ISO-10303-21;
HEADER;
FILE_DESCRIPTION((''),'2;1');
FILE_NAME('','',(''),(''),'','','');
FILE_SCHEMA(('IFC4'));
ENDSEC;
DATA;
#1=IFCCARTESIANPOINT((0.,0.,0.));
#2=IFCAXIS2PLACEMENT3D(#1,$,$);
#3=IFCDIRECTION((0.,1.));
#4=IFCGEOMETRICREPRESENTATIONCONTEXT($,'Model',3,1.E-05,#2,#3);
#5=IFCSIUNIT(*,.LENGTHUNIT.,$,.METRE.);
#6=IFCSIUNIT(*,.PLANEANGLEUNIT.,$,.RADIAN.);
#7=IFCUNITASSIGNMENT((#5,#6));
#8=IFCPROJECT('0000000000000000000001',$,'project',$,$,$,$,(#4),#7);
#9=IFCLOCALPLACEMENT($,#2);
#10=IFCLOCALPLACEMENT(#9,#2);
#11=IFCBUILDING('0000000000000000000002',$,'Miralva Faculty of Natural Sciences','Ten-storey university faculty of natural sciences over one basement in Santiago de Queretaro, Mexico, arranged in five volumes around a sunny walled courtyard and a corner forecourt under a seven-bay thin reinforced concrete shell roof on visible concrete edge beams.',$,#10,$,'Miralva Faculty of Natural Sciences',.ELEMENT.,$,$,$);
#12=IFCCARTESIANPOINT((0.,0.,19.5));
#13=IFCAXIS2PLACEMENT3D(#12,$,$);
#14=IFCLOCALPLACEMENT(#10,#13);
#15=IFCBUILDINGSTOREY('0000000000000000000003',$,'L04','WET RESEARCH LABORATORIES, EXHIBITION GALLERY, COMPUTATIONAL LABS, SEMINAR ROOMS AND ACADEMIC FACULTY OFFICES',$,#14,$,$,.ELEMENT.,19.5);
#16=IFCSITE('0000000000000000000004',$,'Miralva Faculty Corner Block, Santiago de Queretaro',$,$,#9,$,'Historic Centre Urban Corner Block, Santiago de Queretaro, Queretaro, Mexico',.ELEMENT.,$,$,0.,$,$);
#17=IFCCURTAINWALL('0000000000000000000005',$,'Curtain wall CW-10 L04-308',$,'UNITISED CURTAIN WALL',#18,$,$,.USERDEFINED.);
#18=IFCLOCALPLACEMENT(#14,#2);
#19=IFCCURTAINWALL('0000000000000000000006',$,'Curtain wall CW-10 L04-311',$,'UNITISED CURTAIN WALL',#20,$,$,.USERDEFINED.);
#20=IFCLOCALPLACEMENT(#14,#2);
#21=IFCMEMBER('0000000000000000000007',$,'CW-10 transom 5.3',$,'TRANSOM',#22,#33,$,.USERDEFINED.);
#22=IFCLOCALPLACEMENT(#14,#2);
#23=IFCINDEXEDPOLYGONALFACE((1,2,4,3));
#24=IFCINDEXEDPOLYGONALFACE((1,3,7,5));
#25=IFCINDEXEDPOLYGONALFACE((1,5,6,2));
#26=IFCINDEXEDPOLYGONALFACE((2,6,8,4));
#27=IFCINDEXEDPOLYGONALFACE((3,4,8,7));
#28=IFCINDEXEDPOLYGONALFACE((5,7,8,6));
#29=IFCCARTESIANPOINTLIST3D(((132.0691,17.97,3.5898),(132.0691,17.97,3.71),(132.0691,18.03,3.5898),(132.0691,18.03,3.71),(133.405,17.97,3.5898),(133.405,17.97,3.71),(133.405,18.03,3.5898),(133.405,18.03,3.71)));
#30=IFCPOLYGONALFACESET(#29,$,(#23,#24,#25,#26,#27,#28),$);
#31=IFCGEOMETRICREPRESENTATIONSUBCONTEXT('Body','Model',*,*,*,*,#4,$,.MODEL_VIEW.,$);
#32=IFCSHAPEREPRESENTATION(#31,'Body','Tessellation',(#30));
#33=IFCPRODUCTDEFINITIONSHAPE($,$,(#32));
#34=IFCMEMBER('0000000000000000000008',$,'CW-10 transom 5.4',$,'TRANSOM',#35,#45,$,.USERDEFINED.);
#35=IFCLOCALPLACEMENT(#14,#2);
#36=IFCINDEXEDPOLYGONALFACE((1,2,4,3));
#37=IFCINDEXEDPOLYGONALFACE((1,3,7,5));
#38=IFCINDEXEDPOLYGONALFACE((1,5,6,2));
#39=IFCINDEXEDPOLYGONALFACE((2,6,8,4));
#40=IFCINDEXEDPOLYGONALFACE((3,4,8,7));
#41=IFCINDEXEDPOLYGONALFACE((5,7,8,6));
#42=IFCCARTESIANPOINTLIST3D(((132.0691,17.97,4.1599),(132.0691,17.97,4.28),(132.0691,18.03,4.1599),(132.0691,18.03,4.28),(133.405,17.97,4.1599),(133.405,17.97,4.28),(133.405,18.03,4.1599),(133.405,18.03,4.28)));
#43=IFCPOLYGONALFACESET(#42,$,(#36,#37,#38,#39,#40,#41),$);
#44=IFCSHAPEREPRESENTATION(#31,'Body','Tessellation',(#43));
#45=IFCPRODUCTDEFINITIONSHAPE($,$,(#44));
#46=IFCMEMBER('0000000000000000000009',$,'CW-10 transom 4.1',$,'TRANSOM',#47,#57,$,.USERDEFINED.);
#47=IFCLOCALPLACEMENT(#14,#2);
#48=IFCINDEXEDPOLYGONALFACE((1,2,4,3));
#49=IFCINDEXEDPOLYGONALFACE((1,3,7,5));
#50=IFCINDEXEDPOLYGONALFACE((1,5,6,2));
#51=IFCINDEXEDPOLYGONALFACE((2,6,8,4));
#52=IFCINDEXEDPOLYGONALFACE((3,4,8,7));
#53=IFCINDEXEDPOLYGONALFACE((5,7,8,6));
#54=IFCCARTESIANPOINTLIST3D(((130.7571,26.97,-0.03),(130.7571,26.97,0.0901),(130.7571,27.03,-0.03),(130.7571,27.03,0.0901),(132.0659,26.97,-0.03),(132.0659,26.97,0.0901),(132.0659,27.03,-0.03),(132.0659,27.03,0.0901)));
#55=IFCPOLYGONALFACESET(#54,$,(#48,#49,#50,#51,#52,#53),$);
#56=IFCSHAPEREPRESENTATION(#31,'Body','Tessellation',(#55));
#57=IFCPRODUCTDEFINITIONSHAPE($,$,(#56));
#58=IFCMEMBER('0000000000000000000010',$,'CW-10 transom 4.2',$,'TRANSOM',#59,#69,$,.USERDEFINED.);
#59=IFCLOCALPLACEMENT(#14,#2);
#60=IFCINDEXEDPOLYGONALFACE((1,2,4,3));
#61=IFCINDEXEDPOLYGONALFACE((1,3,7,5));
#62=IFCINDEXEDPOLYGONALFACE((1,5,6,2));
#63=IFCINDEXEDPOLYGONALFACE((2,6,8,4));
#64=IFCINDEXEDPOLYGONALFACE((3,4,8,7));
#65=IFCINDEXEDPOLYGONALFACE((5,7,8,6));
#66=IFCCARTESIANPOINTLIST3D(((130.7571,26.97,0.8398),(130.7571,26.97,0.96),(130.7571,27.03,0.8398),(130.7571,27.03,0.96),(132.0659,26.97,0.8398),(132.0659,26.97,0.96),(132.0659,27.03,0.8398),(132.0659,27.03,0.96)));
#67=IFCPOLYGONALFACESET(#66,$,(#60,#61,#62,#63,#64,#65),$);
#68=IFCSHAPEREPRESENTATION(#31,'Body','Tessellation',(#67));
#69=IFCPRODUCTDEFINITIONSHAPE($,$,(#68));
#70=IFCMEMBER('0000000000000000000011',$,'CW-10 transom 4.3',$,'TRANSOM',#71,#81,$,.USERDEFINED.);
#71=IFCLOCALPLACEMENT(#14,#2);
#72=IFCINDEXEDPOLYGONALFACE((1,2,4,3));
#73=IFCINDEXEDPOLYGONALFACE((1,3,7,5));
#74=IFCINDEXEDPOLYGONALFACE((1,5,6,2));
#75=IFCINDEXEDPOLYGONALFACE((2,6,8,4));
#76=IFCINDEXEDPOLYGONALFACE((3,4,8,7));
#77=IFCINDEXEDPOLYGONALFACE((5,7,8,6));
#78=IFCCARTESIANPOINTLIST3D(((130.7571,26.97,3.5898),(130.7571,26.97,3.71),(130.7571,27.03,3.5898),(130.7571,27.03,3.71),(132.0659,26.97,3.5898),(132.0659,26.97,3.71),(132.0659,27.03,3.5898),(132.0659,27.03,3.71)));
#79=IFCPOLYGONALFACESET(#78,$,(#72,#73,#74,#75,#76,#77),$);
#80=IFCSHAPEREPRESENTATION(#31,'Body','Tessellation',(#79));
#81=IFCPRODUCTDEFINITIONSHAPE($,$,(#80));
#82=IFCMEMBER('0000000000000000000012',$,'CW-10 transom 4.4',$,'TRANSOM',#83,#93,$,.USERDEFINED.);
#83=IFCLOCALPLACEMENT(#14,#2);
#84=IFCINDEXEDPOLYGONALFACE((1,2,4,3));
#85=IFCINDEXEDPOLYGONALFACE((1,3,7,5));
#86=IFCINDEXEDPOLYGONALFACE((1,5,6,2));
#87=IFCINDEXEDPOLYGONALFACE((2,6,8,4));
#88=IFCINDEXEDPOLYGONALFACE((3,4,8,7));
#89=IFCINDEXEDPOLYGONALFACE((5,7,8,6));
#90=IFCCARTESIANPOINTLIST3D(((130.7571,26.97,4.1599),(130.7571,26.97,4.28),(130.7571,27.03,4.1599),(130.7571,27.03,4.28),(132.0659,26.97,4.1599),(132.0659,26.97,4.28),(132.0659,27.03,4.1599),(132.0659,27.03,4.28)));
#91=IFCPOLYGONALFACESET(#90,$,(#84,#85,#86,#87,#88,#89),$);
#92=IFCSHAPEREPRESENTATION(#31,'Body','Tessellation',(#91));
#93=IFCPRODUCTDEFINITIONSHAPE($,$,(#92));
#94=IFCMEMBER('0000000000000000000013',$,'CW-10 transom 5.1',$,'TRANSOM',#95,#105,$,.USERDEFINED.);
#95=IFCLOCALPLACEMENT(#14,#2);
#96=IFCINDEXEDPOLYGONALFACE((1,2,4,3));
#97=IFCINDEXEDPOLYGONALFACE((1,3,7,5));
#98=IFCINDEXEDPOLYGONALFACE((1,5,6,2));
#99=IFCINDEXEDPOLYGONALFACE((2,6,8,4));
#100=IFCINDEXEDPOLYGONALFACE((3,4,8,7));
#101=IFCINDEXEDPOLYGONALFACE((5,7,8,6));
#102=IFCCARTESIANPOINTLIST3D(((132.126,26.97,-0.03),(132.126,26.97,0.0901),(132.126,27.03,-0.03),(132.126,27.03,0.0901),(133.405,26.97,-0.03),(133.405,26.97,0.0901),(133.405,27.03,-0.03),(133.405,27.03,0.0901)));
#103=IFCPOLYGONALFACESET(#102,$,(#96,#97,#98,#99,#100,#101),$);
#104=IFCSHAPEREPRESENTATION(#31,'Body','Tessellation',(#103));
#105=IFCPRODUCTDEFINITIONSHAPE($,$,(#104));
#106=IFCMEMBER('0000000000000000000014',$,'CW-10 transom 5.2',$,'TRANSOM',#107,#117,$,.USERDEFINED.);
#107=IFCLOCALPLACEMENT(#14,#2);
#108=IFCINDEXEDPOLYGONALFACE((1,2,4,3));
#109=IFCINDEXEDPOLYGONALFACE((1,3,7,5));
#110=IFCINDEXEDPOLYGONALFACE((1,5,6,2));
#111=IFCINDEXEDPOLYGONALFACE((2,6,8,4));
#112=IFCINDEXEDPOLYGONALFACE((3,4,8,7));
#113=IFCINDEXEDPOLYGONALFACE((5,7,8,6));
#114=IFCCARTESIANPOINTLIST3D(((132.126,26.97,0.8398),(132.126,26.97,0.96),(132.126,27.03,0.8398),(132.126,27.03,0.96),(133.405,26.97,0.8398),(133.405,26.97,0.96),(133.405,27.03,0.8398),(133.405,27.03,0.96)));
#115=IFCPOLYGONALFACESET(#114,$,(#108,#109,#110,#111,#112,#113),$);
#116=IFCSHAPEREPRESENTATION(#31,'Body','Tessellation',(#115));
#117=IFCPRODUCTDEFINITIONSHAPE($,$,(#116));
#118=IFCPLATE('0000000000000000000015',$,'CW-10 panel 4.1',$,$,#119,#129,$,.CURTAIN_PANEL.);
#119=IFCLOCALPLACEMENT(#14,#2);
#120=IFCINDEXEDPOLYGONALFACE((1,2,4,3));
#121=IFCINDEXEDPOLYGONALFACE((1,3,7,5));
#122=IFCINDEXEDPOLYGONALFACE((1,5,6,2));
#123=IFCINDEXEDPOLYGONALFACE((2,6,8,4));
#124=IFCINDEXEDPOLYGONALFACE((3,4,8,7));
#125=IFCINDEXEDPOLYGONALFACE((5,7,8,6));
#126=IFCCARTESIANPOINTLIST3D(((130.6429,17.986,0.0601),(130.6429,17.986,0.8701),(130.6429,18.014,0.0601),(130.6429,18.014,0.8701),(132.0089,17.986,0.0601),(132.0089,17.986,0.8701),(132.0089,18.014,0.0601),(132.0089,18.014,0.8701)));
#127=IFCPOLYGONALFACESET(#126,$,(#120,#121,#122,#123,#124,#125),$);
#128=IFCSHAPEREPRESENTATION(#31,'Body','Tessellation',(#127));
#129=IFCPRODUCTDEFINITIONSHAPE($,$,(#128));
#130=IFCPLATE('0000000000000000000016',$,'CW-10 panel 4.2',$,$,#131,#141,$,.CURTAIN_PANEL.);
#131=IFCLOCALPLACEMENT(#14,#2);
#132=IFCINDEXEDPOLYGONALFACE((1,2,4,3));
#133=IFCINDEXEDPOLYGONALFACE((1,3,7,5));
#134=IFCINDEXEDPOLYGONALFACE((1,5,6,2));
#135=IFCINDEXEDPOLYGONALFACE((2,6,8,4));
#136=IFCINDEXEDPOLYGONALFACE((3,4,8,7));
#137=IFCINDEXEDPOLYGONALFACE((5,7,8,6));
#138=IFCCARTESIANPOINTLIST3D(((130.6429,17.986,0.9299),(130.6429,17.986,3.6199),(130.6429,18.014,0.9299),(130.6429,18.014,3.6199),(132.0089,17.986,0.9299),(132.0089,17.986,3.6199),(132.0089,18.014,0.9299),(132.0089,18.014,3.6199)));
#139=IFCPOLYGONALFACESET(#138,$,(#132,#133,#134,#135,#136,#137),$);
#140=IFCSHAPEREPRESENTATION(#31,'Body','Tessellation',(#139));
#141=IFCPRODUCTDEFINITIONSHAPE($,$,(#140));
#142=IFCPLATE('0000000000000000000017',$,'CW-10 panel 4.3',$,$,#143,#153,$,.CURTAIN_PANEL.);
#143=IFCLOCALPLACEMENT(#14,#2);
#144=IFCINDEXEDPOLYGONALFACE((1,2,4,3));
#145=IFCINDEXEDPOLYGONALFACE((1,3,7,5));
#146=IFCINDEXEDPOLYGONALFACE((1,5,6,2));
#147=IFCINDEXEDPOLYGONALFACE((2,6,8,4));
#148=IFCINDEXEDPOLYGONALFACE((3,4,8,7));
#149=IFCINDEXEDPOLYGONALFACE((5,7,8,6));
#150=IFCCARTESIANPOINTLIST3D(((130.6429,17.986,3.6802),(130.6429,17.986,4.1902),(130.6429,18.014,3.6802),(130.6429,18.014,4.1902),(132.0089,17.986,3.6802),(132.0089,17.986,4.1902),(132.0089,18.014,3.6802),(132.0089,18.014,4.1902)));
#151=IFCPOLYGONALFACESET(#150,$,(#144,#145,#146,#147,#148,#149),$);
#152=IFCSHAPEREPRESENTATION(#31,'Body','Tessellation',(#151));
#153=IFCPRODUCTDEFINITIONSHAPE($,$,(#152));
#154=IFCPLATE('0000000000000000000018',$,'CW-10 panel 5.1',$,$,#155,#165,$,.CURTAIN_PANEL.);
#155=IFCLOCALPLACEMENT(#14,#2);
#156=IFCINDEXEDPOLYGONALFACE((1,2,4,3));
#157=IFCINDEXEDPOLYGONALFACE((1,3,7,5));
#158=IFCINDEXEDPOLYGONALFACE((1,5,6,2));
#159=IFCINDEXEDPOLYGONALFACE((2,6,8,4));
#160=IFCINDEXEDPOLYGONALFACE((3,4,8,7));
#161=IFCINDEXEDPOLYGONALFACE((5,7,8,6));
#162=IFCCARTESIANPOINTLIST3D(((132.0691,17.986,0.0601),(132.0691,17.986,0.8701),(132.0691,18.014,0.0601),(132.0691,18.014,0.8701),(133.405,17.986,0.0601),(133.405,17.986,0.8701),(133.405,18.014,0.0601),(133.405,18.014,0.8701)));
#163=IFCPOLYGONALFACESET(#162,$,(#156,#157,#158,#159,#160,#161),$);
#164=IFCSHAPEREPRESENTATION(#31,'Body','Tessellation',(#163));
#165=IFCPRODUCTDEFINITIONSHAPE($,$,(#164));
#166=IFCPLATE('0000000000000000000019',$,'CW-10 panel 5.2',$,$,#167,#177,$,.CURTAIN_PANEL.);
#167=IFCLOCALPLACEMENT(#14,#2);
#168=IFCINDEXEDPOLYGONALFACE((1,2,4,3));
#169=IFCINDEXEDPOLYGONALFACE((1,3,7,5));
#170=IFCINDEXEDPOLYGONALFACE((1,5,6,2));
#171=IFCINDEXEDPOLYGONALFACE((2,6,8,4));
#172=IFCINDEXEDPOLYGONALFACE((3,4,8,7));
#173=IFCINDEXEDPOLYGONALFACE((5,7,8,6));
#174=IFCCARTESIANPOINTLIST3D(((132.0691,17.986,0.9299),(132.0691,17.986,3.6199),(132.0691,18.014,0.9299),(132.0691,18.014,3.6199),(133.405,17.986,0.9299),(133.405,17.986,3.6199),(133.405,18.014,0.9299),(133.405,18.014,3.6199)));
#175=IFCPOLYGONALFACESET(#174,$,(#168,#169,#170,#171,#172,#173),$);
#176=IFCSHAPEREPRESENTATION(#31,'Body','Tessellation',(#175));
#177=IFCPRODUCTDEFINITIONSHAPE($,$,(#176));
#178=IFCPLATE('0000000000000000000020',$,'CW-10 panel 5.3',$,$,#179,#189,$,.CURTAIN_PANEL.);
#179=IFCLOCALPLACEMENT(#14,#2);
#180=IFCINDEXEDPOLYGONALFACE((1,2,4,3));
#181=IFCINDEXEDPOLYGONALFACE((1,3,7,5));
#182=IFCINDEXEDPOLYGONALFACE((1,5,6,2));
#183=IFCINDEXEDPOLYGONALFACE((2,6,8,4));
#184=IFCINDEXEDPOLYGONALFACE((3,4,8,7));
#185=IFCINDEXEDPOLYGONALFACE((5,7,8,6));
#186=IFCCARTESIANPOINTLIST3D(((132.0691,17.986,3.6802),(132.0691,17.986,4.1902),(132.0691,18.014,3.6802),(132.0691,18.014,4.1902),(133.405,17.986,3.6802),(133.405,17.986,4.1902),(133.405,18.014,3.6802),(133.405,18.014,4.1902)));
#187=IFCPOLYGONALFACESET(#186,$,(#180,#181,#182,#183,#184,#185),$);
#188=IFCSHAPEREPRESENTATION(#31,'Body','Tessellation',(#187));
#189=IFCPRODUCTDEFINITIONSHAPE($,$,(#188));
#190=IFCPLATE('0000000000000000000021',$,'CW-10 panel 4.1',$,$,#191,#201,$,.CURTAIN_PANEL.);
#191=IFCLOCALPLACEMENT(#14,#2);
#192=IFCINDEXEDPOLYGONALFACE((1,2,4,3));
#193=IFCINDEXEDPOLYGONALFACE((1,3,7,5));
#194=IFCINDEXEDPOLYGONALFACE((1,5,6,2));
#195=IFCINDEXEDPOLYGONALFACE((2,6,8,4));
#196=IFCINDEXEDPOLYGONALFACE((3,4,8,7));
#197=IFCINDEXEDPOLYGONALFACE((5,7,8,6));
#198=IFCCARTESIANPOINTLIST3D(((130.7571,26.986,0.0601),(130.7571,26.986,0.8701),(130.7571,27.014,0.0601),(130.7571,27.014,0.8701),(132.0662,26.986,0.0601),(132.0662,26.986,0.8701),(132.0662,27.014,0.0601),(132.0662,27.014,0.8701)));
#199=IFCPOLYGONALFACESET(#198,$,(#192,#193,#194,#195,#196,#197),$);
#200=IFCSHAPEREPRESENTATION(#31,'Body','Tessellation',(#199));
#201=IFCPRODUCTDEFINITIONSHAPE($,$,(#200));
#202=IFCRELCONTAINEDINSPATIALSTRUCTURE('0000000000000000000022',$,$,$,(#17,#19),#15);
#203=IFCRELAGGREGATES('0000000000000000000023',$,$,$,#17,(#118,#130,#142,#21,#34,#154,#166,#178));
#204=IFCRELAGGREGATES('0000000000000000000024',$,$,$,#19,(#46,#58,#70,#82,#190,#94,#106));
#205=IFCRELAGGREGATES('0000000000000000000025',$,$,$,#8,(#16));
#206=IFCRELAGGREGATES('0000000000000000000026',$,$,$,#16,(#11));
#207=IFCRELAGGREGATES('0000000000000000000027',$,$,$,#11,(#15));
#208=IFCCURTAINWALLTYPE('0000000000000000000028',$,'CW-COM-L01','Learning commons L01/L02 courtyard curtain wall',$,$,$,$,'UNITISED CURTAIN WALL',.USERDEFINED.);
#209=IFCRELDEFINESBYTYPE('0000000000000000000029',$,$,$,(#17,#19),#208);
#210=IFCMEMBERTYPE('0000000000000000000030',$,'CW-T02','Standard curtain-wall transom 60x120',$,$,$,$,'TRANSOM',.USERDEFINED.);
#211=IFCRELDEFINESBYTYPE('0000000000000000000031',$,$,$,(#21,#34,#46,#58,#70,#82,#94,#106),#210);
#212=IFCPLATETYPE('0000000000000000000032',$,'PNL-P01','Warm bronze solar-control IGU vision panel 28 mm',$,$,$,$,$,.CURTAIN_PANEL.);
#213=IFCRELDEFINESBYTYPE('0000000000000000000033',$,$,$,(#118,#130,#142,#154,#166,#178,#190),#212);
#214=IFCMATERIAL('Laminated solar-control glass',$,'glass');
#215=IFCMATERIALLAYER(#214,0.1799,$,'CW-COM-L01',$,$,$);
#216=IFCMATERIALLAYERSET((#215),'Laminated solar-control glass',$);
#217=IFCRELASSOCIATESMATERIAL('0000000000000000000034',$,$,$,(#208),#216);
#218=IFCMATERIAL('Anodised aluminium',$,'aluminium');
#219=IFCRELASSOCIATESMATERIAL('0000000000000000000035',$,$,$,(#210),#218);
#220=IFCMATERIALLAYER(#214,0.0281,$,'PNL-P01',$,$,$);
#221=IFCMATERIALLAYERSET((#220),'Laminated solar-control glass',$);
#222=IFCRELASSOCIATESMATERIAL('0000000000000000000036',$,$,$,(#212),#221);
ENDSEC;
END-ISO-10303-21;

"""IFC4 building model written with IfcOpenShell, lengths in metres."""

from ifc_helpers import new_model, si_unit, direction, frame, origin, origin_2d, place, context, subcontext, project, spatial, rectangle, extrude, material, layer, layer_set, material_profile, profile_set, type_object, element, aggregate, save


model = new_model("IFC4")

# Units and contexts
model_context = context("Model", 3, precision=1e-05, world=origin(), true_north=direction((0.0, 1.0)))
body_context = subcontext(model_context, "Body", "Model", "MODEL_VIEW")
ifc_project = project(units=[si_unit("LENGTHUNIT", "METRE"), si_unit("PLANEANGLEUNIT", "RADIAN")], contexts=[model_context])

# Site, building, storey
site_placement = place(None, origin())
site = spatial("IfcSite", under=ifc_project, at=site_placement, Name="Miralva Faculty Corner Block, Santiago de Queretaro", LongName="Historic Centre Urban Corner Block, Santiago de Queretaro, Queretaro, Mexico", CompositionType="ELEMENT", RefElevation=0.0)
building_placement = place(site_placement, origin())
building = spatial("IfcBuilding", under=site, at=building_placement, Name="Miralva Faculty of Natural Sciences", Description="Ten-storey university faculty of natural sciences over one basement in Santiago de Queretaro, Mexico, arranged in five volumes around a sunny walled courtyard and a corner forecourt under a seven-bay thin reinforced concrete shell roof on visible concrete edge beams.", LongName="Miralva Faculty of Natural Sciences", CompositionType="ELEMENT")
storey_placement = place(building_placement, frame((0.0, 0.0, 19.5)))
storey = spatial("IfcBuildingStorey", under=building, at=storey_placement, Name="L04", Description="WET RESEARCH LABORATORIES, EXHIBITION GALLERY, COMPUTATIONAL LABS, SEMINAR ROOMS AND ACADEMIC FACULTY OFFICES", CompositionType="ELEMENT", Elevation=19.5)

# Curtain wall
ifc_material_1 = material(Name="Laminated solar-control glass", Category="glass")
ifc_layer_1 = layer(ifc_material_1, 0.1799, Name="CW-COM-L01")
ifc_layer_set_1 = layer_set([ifc_layer_1], Name="Laminated solar-control glass")
curtain_wall_type = type_object("IfcCurtainWallType", Name="CW-COM-L01", Description="Learning commons L01/L02 courtyard curtain wall", ElementType="UNITISED CURTAIN WALL", PredefinedType="USERDEFINED", material=ifc_layer_set_1)
curtain_wall_1_placement = place(storey_placement, origin())
curtain_wall_1 = element("IfcCurtainWall", 1, at=curtain_wall_1_placement, inside=storey, type_object=curtain_wall_type, Name="Curtain wall CW-10 L04-308", ObjectType="UNITISED CURTAIN WALL", PredefinedType="USERDEFINED")
ifc_material_2 = material(Name="Anodised aluminium", Category="aluminium")

# Curtain wall
curtain_wall_2_placement = place(storey_placement, origin())
curtain_wall_2 = element("IfcCurtainWall", 2, at=curtain_wall_2_placement, inside=storey, type_object=curtain_wall_type, Name="Curtain wall CW-10 L04-311", ObjectType="UNITISED CURTAIN WALL", PredefinedType="USERDEFINED")

# Members
ifc_material_profile_1 = material_profile(ifc_material_2, rectangle(XDim=0.0601, YDim=0.1201, at=origin_2d()), Name="TRANSOM 60x120")
ifc_profile_set_1 = profile_set([ifc_material_profile_1], Name="Anodised aluminium")
member_type_1 = type_object("IfcMemberType", Name="CW-T02", Description="Standard curtain-wall transom 60x120", ElementType="TRANSOM", PredefinedType="USERDEFINED", material=ifc_profile_set_1)
member_1_placement = place(storey_placement, frame((132.0691, 18.0, 3.6499), z_axis=(1.0, 0.0, 0.0), x_axis=(0.0, 1.0, 0.0)))
member_1 = element("IfcMember", 3, at=member_1_placement, type_object=member_type_1, Name="CW-10 transom 5.3", ObjectType="TRANSOM", PredefinedType="USERDEFINED", context=body_context, shape_type="SweptSolid", body=[
    extrude(rectangle(XDim=0.0601, YDim=0.1201, at=origin_2d()), origin(), (0.0, 0.0, 1.0), 1.3359),
])
member_2_placement = place(storey_placement, frame((132.0691, 18.0, 4.22), z_axis=(1.0, 0.0, 0.0), x_axis=(0.0, 1.0, 0.0)))
member_2 = element("IfcMember", 4, at=member_2_placement, type_object=member_type_1, Name="CW-10 transom 5.4", ObjectType="TRANSOM", PredefinedType="USERDEFINED", context=body_context, shape_type="SweptSolid", body=[
    extrude(rectangle(XDim=0.0601, YDim=0.1201, at=origin_2d()), origin(), (0.0, 0.0, 1.0), 1.3359),
])
member_3_placement = place(storey_placement, frame((130.7571, 27.0, 0.03), z_axis=(1.0, 0.0, 0.0), x_axis=(0.0, 1.0, 0.0)))
member_3 = element("IfcMember", 5, at=member_3_placement, type_object=member_type_1, Name="CW-10 transom 4.1", ObjectType="TRANSOM", PredefinedType="USERDEFINED", context=body_context, shape_type="SweptSolid", body=[
    extrude(rectangle(XDim=0.0601, YDim=0.1201, at=origin_2d()), origin(), (0.0, 0.0, 1.0), 1.3088),
])
member_4_placement = place(storey_placement, frame((130.7571, 27.0, 0.8999), z_axis=(1.0, 0.0, 0.0), x_axis=(0.0, 1.0, 0.0)))
member_4 = element("IfcMember", 6, at=member_4_placement, type_object=member_type_1, Name="CW-10 transom 4.2", ObjectType="TRANSOM", PredefinedType="USERDEFINED", context=body_context, shape_type="SweptSolid", body=[
    extrude(rectangle(XDim=0.0601, YDim=0.1201, at=origin_2d()), origin(), (0.0, 0.0, 1.0), 1.3088),
])
member_5_placement = place(storey_placement, frame((130.7571, 27.0, 3.6499), z_axis=(1.0, 0.0, 0.0), x_axis=(0.0, 1.0, 0.0)))
member_5 = element("IfcMember", 7, at=member_5_placement, type_object=member_type_1, Name="CW-10 transom 4.3", ObjectType="TRANSOM", PredefinedType="USERDEFINED", context=body_context, shape_type="SweptSolid", body=[
    extrude(rectangle(XDim=0.0601, YDim=0.1201, at=origin_2d()), origin(), (0.0, 0.0, 1.0), 1.3088),
])
member_6_placement = place(storey_placement, frame((130.7571, 27.0, 4.22), z_axis=(1.0, 0.0, 0.0), x_axis=(0.0, 1.0, 0.0)))
member_6 = element("IfcMember", 8, at=member_6_placement, type_object=member_type_1, Name="CW-10 transom 4.4", ObjectType="TRANSOM", PredefinedType="USERDEFINED", context=body_context, shape_type="SweptSolid", body=[
    extrude(rectangle(XDim=0.0601, YDim=0.1201, at=origin_2d()), origin(), (0.0, 0.0, 1.0), 1.3088),
])
member_7_placement = place(storey_placement, frame((132.126, 27.0, 0.03), z_axis=(1.0, 0.0, 0.0), x_axis=(0.0, 1.0, 0.0)))
member_7 = element("IfcMember", 9, at=member_7_placement, type_object=member_type_1, Name="CW-10 transom 5.1", ObjectType="TRANSOM", PredefinedType="USERDEFINED", context=body_context, shape_type="SweptSolid", body=[
    extrude(rectangle(XDim=0.0601, YDim=0.1201, at=origin_2d()), origin(), (0.0, 0.0, 1.0), 1.2791),
])
member_8_placement = place(storey_placement, frame((132.126, 27.0, 0.8999), z_axis=(1.0, 0.0, 0.0), x_axis=(0.0, 1.0, 0.0)))
member_8 = element("IfcMember", 10, at=member_8_placement, type_object=member_type_1, Name="CW-10 transom 5.2", ObjectType="TRANSOM", PredefinedType="USERDEFINED", context=body_context, shape_type="SweptSolid", body=[
    extrude(rectangle(XDim=0.0601, YDim=0.1201, at=origin_2d()), origin(), (0.0, 0.0, 1.0), 1.2791),
])

# Plates
ifc_layer_2 = layer(ifc_material_1, 0.0281, Name="PNL-P01")
ifc_layer_set_2 = layer_set([ifc_layer_2], Name="Laminated solar-control glass")
plate_type = type_object("IfcPlateType", Name="PNL-P01", Description="Warm bronze solar-control IGU vision panel 28 mm", PredefinedType="CURTAIN_PANEL", material=ifc_layer_set_2)
plate_1_placement = place(storey_placement, frame((131.3259, 18.0, 0.0601), z_axis=(0.0, 0.0, 1.0), x_axis=(1.0, 0.0, 0.0)))
plate_1 = element("IfcPlate", 11, at=plate_1_placement, type_object=plate_type, Name="CW-10 panel 4.1", PredefinedType="CURTAIN_PANEL", context=body_context, shape_type="SweptSolid", body=[
    extrude(rectangle(XDim=1.366, YDim=0.0281, at=origin_2d()), origin(), (0.0, 0.0, 1.0), 0.8101),
])
plate_2_placement = place(storey_placement, frame((131.3259, 18.0, 0.9299), z_axis=(0.0, 0.0, 1.0), x_axis=(1.0, 0.0, 0.0)))
plate_2 = element("IfcPlate", 12, at=plate_2_placement, type_object=plate_type, Name="CW-10 panel 4.2", PredefinedType="CURTAIN_PANEL", context=body_context, shape_type="SweptSolid", body=[
    extrude(rectangle(XDim=1.366, YDim=0.0281, at=origin_2d()), origin(), (0.0, 0.0, 1.0), 2.6899),
])
plate_3_placement = place(storey_placement, frame((131.3259, 18.0, 3.6802), z_axis=(0.0, 0.0, 1.0), x_axis=(1.0, 0.0, 0.0)))
plate_3 = element("IfcPlate", 13, at=plate_3_placement, type_object=plate_type, Name="CW-10 panel 4.3", PredefinedType="CURTAIN_PANEL", context=body_context, shape_type="SweptSolid", body=[
    extrude(rectangle(XDim=1.366, YDim=0.0281, at=origin_2d()), origin(), (0.0, 0.0, 1.0), 0.51),
])
plate_4_placement = place(storey_placement, frame((132.7371, 18.0, 0.0601), z_axis=(0.0, 0.0, 1.0), x_axis=(1.0, 0.0, 0.0)))
plate_4 = element("IfcPlate", 14, at=plate_4_placement, type_object=plate_type, Name="CW-10 panel 5.1", PredefinedType="CURTAIN_PANEL", context=body_context, shape_type="SweptSolid", body=[
    extrude(rectangle(XDim=1.3359, YDim=0.0281, at=origin_2d()), origin(), (0.0, 0.0, 1.0), 0.8101),
])
plate_5_placement = place(storey_placement, frame((132.7371, 18.0, 0.9299), z_axis=(0.0, 0.0, 1.0), x_axis=(1.0, 0.0, 0.0)))
plate_5 = element("IfcPlate", 15, at=plate_5_placement, type_object=plate_type, Name="CW-10 panel 5.2", PredefinedType="CURTAIN_PANEL", context=body_context, shape_type="SweptSolid", body=[
    extrude(rectangle(XDim=1.3359, YDim=0.0281, at=origin_2d()), origin(), (0.0, 0.0, 1.0), 2.6899),
])
plate_6_placement = place(storey_placement, frame((132.7371, 18.0, 3.6802), z_axis=(0.0, 0.0, 1.0), x_axis=(1.0, 0.0, 0.0)))
plate_6 = element("IfcPlate", 16, at=plate_6_placement, type_object=plate_type, Name="CW-10 panel 5.3", PredefinedType="CURTAIN_PANEL", context=body_context, shape_type="SweptSolid", body=[
    extrude(rectangle(XDim=1.3359, YDim=0.0281, at=origin_2d()), origin(), (0.0, 0.0, 1.0), 0.51),
])
aggregate(curtain_wall_1, [plate_1, plate_2, plate_3, member_1, member_2, plate_4, plate_5, plate_6])
plate_7_placement = place(storey_placement, frame((131.4116, 27.0, 0.0601), z_axis=(0.0, 0.0, 1.0), x_axis=(1.0, 0.0, 0.0)))
plate_7 = element("IfcPlate", 17, at=plate_7_placement, type_object=plate_type, Name="CW-10 panel 4.1", PredefinedType="CURTAIN_PANEL", context=body_context, shape_type="SweptSolid", body=[
    extrude(rectangle(XDim=1.3091, YDim=0.0281, at=origin_2d()), origin(), (0.0, 0.0, 1.0), 0.8101),
])
aggregate(curtain_wall_2, [member_3, member_4, member_5, member_6, plate_7, member_7, member_8])

save(model, "model.ifc")
